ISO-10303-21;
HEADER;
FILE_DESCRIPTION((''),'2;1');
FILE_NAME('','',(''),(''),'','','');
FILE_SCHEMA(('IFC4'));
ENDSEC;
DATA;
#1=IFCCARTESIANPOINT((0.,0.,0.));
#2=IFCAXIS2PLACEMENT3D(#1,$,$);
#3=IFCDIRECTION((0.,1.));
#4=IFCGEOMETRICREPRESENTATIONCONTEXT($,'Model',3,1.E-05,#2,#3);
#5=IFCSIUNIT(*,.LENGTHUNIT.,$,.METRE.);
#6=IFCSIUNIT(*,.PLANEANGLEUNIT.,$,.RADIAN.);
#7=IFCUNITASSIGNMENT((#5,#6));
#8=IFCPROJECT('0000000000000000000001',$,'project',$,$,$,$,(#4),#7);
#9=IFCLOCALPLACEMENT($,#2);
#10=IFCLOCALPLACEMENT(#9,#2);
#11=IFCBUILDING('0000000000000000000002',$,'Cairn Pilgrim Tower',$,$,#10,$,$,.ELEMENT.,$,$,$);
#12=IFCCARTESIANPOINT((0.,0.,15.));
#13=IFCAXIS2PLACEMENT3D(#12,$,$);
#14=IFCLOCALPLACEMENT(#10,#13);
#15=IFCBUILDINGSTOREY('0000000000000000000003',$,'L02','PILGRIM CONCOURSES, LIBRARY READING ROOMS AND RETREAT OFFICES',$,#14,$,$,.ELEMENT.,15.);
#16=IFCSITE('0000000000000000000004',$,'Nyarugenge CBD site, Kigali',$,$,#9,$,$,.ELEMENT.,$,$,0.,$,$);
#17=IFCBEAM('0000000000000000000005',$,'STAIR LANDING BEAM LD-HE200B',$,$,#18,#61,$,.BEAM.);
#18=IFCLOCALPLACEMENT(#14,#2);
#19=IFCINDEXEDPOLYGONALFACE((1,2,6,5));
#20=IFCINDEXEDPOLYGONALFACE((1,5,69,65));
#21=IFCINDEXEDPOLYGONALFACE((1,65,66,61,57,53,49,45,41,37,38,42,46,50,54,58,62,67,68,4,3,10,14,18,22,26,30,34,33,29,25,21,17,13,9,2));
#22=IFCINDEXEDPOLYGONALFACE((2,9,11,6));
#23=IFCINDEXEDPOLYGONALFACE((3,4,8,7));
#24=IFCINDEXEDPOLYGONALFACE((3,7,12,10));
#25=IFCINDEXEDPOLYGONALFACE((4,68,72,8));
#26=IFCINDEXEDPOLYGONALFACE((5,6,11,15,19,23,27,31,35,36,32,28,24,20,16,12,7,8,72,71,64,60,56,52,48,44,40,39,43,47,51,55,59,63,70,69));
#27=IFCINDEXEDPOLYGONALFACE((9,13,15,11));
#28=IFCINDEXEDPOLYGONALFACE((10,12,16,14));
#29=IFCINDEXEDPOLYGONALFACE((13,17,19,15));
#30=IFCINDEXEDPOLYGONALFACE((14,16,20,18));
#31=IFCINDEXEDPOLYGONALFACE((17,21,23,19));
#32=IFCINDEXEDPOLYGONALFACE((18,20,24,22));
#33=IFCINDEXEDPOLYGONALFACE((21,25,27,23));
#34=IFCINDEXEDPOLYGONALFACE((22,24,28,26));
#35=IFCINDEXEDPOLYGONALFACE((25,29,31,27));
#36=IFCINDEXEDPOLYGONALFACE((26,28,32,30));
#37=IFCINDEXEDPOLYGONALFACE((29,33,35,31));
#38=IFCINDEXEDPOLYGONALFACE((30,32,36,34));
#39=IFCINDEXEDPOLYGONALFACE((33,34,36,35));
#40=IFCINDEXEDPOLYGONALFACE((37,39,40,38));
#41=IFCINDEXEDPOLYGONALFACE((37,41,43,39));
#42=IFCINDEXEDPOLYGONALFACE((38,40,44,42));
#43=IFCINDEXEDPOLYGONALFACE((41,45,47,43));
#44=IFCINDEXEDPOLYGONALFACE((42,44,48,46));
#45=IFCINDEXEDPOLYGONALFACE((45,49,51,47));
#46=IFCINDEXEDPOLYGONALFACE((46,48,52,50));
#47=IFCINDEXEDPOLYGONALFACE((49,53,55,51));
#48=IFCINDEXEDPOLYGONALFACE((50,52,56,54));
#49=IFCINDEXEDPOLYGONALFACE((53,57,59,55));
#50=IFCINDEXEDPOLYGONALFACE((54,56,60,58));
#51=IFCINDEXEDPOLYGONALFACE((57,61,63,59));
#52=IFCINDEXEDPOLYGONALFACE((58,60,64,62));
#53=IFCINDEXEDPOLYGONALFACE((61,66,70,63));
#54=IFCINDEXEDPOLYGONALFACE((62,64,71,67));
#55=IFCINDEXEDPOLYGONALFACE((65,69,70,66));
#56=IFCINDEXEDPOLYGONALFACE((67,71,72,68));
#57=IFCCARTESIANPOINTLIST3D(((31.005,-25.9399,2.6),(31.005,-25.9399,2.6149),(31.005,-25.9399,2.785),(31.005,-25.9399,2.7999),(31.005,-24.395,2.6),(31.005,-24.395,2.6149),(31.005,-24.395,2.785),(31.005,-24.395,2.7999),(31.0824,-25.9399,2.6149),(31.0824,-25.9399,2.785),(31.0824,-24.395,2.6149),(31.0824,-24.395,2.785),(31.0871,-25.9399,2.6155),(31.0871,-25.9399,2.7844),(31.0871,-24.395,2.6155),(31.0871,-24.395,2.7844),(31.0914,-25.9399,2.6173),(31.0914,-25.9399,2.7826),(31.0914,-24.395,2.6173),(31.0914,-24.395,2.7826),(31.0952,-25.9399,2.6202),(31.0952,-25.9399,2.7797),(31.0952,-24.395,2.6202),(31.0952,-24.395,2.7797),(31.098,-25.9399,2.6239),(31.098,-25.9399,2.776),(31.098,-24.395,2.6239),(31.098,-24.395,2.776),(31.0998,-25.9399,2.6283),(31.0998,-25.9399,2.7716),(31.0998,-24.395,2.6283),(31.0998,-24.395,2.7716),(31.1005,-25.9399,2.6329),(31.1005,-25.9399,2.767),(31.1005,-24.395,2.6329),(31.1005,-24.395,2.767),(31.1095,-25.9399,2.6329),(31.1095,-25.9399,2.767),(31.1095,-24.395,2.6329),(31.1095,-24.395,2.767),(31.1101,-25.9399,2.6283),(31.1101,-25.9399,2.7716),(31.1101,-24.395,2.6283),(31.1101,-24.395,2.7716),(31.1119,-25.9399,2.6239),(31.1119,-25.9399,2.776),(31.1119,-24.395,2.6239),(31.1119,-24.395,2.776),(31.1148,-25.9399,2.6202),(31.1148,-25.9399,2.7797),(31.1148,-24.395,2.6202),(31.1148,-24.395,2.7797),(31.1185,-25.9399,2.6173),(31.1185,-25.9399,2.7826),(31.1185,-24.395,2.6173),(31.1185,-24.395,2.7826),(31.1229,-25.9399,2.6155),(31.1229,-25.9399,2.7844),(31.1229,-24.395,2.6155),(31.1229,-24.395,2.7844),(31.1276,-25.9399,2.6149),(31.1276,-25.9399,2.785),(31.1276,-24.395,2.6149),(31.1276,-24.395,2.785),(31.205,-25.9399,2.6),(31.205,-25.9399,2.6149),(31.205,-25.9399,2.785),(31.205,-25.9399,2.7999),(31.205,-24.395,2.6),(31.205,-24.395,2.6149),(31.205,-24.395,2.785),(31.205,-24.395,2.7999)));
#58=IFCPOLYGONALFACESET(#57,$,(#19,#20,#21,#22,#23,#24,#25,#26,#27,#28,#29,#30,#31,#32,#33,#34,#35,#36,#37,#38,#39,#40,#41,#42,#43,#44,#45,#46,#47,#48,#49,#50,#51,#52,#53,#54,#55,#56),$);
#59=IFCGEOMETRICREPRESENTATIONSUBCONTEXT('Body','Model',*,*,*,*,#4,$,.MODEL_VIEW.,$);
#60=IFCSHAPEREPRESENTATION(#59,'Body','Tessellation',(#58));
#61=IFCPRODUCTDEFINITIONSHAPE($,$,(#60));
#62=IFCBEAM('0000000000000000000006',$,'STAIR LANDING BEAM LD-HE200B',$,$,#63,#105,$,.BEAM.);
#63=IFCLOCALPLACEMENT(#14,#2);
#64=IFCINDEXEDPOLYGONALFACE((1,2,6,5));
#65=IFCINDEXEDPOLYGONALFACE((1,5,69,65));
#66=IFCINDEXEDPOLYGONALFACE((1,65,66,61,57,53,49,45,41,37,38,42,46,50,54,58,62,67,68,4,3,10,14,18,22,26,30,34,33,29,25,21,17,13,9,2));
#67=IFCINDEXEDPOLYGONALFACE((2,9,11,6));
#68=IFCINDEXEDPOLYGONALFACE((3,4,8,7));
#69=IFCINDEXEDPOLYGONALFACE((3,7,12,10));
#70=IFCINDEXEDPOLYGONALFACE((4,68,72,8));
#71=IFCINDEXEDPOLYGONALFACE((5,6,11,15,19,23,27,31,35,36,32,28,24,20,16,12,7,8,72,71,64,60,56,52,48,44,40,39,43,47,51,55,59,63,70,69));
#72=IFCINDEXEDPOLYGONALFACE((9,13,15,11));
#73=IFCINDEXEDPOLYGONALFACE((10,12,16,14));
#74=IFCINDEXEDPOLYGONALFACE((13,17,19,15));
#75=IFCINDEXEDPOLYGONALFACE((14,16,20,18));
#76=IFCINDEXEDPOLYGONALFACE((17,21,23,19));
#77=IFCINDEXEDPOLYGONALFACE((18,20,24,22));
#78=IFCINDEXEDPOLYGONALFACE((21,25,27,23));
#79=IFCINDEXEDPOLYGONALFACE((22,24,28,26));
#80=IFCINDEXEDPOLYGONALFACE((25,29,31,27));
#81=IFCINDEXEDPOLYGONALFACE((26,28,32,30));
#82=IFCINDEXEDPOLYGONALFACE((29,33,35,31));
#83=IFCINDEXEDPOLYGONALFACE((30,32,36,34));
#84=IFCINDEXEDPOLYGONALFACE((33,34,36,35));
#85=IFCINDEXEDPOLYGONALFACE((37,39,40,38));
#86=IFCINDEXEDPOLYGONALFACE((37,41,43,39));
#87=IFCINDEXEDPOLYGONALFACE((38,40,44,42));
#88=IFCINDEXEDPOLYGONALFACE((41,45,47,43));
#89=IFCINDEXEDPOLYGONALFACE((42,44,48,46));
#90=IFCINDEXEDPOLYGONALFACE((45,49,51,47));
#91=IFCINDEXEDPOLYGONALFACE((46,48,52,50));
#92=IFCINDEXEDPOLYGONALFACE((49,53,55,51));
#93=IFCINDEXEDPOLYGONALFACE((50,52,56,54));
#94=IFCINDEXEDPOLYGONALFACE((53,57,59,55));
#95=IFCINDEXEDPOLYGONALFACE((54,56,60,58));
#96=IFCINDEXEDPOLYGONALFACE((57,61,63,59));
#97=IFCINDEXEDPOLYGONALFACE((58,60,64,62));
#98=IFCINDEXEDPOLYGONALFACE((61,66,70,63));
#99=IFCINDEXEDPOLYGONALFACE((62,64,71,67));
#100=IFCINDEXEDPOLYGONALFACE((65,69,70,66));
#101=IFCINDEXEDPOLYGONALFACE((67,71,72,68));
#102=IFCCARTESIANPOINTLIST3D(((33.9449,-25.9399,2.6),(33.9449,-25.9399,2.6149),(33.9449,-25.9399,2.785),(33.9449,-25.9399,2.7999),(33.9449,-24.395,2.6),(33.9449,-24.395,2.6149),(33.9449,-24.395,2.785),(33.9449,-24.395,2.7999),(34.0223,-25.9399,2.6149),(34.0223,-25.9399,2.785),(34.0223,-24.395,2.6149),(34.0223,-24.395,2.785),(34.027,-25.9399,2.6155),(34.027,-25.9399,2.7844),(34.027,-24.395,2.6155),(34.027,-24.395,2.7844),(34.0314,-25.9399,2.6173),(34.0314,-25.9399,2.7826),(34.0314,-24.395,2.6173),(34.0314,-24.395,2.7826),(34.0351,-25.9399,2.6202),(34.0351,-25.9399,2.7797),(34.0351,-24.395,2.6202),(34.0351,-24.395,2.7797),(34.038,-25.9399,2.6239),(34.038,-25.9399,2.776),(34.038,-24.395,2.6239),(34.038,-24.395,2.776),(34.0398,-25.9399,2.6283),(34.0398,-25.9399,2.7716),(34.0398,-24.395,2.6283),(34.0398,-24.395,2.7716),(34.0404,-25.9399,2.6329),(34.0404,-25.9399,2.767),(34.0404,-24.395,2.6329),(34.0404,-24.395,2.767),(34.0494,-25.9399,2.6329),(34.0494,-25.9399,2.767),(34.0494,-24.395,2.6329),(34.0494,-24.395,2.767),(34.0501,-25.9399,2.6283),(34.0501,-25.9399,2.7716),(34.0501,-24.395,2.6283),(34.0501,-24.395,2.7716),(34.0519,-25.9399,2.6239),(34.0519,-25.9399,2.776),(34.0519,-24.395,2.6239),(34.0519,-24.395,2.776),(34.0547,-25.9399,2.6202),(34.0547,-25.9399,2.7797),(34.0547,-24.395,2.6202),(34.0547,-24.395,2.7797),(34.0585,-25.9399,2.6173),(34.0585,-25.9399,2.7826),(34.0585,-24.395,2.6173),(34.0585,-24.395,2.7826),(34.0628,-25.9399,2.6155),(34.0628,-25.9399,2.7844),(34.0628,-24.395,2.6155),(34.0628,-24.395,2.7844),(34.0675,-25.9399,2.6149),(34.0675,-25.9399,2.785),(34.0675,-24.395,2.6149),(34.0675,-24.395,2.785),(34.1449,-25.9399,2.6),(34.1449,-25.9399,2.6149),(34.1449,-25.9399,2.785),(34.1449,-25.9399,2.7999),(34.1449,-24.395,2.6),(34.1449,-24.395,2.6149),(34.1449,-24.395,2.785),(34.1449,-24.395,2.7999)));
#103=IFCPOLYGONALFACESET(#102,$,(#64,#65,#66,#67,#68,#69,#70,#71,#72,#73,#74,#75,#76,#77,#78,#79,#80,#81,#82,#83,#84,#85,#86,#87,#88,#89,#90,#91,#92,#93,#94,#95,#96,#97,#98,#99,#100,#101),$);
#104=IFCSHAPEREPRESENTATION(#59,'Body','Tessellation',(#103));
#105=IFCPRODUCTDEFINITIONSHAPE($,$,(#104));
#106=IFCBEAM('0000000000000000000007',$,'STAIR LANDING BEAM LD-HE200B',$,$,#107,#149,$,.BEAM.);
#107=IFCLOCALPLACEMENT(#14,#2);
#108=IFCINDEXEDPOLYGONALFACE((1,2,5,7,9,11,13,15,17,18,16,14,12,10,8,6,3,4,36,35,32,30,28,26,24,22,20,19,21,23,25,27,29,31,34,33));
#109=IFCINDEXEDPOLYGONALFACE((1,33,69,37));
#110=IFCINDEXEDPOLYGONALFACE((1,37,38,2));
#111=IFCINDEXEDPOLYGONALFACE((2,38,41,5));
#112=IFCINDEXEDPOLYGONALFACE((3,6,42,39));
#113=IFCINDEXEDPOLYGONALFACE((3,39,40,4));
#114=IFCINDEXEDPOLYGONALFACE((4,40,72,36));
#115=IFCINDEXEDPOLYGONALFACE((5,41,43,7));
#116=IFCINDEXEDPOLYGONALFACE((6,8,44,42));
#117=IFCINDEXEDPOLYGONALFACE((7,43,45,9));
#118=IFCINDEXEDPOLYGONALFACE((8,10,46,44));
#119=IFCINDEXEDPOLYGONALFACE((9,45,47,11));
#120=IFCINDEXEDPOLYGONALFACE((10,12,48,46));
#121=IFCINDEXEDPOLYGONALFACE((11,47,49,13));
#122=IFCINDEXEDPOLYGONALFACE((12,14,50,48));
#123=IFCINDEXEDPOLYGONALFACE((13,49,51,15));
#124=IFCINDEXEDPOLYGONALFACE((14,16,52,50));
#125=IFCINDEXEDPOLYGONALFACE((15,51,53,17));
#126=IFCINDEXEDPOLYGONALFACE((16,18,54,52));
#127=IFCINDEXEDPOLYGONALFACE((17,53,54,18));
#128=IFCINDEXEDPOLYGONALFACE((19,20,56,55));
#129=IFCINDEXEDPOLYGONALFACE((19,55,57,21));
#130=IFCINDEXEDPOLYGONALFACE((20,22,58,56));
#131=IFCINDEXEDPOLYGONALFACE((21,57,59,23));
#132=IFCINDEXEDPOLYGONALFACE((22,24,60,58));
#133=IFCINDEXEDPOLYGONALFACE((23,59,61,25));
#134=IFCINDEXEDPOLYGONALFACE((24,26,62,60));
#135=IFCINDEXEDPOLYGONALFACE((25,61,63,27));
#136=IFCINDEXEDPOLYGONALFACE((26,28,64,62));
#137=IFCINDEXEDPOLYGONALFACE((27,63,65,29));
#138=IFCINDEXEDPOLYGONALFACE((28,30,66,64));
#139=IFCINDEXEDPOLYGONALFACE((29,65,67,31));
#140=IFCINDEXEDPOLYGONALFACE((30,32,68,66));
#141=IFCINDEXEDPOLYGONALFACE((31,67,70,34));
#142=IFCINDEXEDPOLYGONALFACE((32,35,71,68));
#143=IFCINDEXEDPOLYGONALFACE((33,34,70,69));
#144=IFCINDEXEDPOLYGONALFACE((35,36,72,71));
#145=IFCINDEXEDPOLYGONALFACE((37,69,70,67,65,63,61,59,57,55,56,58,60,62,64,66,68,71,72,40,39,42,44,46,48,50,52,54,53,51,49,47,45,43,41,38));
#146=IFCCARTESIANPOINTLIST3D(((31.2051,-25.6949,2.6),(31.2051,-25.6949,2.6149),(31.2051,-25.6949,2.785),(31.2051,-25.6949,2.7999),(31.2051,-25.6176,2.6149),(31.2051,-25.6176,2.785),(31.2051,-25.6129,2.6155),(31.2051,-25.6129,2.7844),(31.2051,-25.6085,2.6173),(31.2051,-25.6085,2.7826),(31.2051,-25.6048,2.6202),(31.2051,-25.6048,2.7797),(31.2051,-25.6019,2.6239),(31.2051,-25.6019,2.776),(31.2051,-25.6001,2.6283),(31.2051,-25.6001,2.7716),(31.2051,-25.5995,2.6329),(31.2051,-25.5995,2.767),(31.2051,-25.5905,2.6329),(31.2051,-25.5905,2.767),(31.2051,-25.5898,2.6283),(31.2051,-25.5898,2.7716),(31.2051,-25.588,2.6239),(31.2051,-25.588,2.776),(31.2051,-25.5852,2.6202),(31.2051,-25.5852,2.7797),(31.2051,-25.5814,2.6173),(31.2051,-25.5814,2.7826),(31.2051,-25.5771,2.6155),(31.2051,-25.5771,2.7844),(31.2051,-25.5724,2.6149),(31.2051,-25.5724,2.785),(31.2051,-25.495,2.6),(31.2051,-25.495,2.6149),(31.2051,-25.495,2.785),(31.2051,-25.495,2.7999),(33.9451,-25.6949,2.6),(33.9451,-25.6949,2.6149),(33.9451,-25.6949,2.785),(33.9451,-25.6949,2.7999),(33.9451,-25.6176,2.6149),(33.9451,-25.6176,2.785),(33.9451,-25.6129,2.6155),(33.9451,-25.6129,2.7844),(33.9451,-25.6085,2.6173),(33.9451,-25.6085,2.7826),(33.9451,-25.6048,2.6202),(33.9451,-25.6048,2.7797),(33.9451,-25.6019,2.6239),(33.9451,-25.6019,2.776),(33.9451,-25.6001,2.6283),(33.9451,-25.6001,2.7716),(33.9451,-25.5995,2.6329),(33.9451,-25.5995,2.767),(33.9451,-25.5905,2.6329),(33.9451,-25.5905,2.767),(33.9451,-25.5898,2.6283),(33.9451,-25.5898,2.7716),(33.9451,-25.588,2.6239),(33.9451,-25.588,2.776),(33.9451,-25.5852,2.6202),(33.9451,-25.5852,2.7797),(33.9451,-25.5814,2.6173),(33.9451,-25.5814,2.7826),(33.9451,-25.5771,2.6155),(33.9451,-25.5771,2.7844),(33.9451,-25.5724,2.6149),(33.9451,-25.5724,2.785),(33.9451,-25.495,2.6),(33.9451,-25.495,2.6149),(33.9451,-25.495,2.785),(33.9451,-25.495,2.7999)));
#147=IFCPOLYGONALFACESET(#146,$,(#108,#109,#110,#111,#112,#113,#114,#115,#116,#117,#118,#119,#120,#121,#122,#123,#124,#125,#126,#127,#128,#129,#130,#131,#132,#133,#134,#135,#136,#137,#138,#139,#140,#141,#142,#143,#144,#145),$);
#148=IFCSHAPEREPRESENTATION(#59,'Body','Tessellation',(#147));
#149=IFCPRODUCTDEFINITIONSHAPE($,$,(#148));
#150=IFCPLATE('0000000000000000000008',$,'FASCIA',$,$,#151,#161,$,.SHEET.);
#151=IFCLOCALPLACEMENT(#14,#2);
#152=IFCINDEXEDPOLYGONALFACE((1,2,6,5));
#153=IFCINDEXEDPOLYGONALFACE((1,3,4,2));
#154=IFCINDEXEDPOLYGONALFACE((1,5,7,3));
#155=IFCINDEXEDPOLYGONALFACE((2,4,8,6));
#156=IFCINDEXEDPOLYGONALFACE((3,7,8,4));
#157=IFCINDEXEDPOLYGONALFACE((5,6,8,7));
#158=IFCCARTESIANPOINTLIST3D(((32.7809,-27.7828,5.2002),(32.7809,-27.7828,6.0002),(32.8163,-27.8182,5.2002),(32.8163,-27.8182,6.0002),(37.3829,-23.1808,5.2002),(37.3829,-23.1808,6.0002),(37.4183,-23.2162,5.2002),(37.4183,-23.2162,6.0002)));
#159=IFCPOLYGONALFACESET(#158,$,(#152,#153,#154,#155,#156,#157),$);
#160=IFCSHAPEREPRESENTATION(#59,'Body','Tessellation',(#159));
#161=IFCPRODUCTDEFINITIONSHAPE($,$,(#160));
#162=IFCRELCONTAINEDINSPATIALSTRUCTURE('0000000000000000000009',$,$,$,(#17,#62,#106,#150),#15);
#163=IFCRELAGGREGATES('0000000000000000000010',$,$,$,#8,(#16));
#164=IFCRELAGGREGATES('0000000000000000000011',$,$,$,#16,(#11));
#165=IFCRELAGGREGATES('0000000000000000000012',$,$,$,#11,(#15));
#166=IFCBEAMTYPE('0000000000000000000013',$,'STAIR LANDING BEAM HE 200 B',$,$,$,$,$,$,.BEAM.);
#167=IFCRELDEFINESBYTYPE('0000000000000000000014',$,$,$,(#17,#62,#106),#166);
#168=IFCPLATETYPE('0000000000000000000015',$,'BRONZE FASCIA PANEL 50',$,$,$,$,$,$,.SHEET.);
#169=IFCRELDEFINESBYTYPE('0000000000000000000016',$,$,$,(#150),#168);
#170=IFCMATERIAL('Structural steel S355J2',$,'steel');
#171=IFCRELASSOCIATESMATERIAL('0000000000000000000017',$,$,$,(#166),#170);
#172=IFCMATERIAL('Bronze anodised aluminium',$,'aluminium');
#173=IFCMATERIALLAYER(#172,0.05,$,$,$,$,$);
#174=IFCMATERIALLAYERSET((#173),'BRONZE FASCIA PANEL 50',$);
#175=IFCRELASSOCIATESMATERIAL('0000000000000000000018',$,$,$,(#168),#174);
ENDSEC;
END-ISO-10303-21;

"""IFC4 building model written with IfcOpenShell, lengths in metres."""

from ifc_helpers import new_model, si_unit, direction, frame, origin, origin_2d, place, context, subcontext, project, spatial, rectangle, i_section, extrude, material, layer, layer_set, material_profile, profile_set, type_object, element, save


model = new_model("IFC4")

# Units and contexts
model_context = context("Model", 3, precision=1e-05, world=origin(), true_north=direction((0.0, 1.0)))
body_context = subcontext(model_context, "Body", "Model", "MODEL_VIEW")
ifc_project = project(units=[si_unit("LENGTHUNIT", "METRE"), si_unit("PLANEANGLEUNIT", "RADIAN")], contexts=[model_context])

# Site, building, storey
site_placement = place(None, origin())
site = spatial("IfcSite", under=ifc_project, at=site_placement, Name="Nyarugenge CBD site, Kigali", CompositionType="ELEMENT", RefElevation=0.0)
building_placement = place(site_placement, origin())
building = spatial("IfcBuilding", under=site, at=building_placement, Name="Cairn Pilgrim Tower", CompositionType="ELEMENT")
storey_placement = place(building_placement, frame((0.0, 0.0, 15.0)))
storey = spatial("IfcBuildingStorey", under=building, at=storey_placement, Name="L02", Description="PILGRIM CONCOURSES, LIBRARY READING ROOMS AND RETREAT OFFICES", CompositionType="ELEMENT", Elevation=15.0)

# Shared definitions
ifc_material_1 = material(Name="Structural steel S355J2", Category="steel")

# Beams
ifc_material_profile_1 = material_profile(ifc_material_1, i_section(OverallWidth=0.2, OverallDepth=0.2, WebThickness=0.009, FlangeThickness=0.0149, FilletRadius=0.0181, at=origin_2d()), Name="HE 200 B")
ifc_profile_set_1 = profile_set([ifc_material_profile_1], Name="Structural steel S355J2")
beam_type_1 = type_object("IfcBeamType", Name="STAIR LANDING BEAM HE 200 B", PredefinedType="BEAM", material=ifc_profile_set_1)
for number, where, z_axis, x_axis, name in (
    (1, (31.105, -25.9399, 2.7), (0.0, 1.0, 0.0), (-1.0, 0.0, 0.0), "STAIR LANDING BEAM LD-HE200B"),
    (2, (34.0449, -25.9399, 2.7), (0.0, 1.0, 0.0), (-1.0, 0.0, 0.0), "STAIR LANDING BEAM LD-HE200B"),
):
    element("IfcBeam", number, at=place(storey_placement, frame(where, z_axis=z_axis, x_axis=x_axis)), inside=storey, type_object=beam_type_1, Name=name, PredefinedType="BEAM", context=body_context, shape_type="SweptSolid", body=[
        extrude(i_section(OverallWidth=0.2, OverallDepth=0.2, WebThickness=0.009, FlangeThickness=0.0149, FilletRadius=0.0181, at=origin_2d()), origin(), (0.0, 0.0, 1.0), 1.5449),
    ])
beam_1_placement = place(storey_placement, frame((31.2051, -25.595, 2.7), z_axis=(1.0, 0.0, 0.0), x_axis=(0.0, 1.0, 0.0)))
element("IfcBeam", 3, at=beam_1_placement, inside=storey, type_object=beam_type_1, Name="STAIR LANDING BEAM LD-HE200B", PredefinedType="BEAM", context=body_context, shape_type="SweptSolid", body=[
    extrude(i_section(OverallWidth=0.2, OverallDepth=0.2, WebThickness=0.009, FlangeThickness=0.0149, FilletRadius=0.0181, at=origin_2d()), origin(), (0.0, 0.0, 1.0), 2.74),
])

# Plate
ifc_material_2 = material(Name="Bronze anodised aluminium", Category="aluminium")
ifc_layer_1 = layer(ifc_material_2, 0.05)
ifc_layer_set_1 = layer_set([ifc_layer_1], Name="BRONZE FASCIA PANEL 50")
plate_type = type_object("IfcPlateType", Name="BRONZE FASCIA PANEL 50", PredefinedType="SHEET", material=ifc_layer_set_1)
plate_placement = place(storey_placement, frame((35.0996, -25.4995, 5.2002), z_axis=(0.0, 0.0, 1.0), x_axis=(0.707107, 0.707107, 0.0)))
element("IfcPlate", 4, at=plate_placement, inside=storey, type_object=plate_type, Name="FASCIA", PredefinedType="SHEET", context=body_context, shape_type="SweptSolid", body=[
    extrude(rectangle(XDim=6.5083, YDim=0.05, at=origin_2d()), origin(), (0.0, 0.0, 1.0), 0.8),
])

save(model, "model.ifc")
